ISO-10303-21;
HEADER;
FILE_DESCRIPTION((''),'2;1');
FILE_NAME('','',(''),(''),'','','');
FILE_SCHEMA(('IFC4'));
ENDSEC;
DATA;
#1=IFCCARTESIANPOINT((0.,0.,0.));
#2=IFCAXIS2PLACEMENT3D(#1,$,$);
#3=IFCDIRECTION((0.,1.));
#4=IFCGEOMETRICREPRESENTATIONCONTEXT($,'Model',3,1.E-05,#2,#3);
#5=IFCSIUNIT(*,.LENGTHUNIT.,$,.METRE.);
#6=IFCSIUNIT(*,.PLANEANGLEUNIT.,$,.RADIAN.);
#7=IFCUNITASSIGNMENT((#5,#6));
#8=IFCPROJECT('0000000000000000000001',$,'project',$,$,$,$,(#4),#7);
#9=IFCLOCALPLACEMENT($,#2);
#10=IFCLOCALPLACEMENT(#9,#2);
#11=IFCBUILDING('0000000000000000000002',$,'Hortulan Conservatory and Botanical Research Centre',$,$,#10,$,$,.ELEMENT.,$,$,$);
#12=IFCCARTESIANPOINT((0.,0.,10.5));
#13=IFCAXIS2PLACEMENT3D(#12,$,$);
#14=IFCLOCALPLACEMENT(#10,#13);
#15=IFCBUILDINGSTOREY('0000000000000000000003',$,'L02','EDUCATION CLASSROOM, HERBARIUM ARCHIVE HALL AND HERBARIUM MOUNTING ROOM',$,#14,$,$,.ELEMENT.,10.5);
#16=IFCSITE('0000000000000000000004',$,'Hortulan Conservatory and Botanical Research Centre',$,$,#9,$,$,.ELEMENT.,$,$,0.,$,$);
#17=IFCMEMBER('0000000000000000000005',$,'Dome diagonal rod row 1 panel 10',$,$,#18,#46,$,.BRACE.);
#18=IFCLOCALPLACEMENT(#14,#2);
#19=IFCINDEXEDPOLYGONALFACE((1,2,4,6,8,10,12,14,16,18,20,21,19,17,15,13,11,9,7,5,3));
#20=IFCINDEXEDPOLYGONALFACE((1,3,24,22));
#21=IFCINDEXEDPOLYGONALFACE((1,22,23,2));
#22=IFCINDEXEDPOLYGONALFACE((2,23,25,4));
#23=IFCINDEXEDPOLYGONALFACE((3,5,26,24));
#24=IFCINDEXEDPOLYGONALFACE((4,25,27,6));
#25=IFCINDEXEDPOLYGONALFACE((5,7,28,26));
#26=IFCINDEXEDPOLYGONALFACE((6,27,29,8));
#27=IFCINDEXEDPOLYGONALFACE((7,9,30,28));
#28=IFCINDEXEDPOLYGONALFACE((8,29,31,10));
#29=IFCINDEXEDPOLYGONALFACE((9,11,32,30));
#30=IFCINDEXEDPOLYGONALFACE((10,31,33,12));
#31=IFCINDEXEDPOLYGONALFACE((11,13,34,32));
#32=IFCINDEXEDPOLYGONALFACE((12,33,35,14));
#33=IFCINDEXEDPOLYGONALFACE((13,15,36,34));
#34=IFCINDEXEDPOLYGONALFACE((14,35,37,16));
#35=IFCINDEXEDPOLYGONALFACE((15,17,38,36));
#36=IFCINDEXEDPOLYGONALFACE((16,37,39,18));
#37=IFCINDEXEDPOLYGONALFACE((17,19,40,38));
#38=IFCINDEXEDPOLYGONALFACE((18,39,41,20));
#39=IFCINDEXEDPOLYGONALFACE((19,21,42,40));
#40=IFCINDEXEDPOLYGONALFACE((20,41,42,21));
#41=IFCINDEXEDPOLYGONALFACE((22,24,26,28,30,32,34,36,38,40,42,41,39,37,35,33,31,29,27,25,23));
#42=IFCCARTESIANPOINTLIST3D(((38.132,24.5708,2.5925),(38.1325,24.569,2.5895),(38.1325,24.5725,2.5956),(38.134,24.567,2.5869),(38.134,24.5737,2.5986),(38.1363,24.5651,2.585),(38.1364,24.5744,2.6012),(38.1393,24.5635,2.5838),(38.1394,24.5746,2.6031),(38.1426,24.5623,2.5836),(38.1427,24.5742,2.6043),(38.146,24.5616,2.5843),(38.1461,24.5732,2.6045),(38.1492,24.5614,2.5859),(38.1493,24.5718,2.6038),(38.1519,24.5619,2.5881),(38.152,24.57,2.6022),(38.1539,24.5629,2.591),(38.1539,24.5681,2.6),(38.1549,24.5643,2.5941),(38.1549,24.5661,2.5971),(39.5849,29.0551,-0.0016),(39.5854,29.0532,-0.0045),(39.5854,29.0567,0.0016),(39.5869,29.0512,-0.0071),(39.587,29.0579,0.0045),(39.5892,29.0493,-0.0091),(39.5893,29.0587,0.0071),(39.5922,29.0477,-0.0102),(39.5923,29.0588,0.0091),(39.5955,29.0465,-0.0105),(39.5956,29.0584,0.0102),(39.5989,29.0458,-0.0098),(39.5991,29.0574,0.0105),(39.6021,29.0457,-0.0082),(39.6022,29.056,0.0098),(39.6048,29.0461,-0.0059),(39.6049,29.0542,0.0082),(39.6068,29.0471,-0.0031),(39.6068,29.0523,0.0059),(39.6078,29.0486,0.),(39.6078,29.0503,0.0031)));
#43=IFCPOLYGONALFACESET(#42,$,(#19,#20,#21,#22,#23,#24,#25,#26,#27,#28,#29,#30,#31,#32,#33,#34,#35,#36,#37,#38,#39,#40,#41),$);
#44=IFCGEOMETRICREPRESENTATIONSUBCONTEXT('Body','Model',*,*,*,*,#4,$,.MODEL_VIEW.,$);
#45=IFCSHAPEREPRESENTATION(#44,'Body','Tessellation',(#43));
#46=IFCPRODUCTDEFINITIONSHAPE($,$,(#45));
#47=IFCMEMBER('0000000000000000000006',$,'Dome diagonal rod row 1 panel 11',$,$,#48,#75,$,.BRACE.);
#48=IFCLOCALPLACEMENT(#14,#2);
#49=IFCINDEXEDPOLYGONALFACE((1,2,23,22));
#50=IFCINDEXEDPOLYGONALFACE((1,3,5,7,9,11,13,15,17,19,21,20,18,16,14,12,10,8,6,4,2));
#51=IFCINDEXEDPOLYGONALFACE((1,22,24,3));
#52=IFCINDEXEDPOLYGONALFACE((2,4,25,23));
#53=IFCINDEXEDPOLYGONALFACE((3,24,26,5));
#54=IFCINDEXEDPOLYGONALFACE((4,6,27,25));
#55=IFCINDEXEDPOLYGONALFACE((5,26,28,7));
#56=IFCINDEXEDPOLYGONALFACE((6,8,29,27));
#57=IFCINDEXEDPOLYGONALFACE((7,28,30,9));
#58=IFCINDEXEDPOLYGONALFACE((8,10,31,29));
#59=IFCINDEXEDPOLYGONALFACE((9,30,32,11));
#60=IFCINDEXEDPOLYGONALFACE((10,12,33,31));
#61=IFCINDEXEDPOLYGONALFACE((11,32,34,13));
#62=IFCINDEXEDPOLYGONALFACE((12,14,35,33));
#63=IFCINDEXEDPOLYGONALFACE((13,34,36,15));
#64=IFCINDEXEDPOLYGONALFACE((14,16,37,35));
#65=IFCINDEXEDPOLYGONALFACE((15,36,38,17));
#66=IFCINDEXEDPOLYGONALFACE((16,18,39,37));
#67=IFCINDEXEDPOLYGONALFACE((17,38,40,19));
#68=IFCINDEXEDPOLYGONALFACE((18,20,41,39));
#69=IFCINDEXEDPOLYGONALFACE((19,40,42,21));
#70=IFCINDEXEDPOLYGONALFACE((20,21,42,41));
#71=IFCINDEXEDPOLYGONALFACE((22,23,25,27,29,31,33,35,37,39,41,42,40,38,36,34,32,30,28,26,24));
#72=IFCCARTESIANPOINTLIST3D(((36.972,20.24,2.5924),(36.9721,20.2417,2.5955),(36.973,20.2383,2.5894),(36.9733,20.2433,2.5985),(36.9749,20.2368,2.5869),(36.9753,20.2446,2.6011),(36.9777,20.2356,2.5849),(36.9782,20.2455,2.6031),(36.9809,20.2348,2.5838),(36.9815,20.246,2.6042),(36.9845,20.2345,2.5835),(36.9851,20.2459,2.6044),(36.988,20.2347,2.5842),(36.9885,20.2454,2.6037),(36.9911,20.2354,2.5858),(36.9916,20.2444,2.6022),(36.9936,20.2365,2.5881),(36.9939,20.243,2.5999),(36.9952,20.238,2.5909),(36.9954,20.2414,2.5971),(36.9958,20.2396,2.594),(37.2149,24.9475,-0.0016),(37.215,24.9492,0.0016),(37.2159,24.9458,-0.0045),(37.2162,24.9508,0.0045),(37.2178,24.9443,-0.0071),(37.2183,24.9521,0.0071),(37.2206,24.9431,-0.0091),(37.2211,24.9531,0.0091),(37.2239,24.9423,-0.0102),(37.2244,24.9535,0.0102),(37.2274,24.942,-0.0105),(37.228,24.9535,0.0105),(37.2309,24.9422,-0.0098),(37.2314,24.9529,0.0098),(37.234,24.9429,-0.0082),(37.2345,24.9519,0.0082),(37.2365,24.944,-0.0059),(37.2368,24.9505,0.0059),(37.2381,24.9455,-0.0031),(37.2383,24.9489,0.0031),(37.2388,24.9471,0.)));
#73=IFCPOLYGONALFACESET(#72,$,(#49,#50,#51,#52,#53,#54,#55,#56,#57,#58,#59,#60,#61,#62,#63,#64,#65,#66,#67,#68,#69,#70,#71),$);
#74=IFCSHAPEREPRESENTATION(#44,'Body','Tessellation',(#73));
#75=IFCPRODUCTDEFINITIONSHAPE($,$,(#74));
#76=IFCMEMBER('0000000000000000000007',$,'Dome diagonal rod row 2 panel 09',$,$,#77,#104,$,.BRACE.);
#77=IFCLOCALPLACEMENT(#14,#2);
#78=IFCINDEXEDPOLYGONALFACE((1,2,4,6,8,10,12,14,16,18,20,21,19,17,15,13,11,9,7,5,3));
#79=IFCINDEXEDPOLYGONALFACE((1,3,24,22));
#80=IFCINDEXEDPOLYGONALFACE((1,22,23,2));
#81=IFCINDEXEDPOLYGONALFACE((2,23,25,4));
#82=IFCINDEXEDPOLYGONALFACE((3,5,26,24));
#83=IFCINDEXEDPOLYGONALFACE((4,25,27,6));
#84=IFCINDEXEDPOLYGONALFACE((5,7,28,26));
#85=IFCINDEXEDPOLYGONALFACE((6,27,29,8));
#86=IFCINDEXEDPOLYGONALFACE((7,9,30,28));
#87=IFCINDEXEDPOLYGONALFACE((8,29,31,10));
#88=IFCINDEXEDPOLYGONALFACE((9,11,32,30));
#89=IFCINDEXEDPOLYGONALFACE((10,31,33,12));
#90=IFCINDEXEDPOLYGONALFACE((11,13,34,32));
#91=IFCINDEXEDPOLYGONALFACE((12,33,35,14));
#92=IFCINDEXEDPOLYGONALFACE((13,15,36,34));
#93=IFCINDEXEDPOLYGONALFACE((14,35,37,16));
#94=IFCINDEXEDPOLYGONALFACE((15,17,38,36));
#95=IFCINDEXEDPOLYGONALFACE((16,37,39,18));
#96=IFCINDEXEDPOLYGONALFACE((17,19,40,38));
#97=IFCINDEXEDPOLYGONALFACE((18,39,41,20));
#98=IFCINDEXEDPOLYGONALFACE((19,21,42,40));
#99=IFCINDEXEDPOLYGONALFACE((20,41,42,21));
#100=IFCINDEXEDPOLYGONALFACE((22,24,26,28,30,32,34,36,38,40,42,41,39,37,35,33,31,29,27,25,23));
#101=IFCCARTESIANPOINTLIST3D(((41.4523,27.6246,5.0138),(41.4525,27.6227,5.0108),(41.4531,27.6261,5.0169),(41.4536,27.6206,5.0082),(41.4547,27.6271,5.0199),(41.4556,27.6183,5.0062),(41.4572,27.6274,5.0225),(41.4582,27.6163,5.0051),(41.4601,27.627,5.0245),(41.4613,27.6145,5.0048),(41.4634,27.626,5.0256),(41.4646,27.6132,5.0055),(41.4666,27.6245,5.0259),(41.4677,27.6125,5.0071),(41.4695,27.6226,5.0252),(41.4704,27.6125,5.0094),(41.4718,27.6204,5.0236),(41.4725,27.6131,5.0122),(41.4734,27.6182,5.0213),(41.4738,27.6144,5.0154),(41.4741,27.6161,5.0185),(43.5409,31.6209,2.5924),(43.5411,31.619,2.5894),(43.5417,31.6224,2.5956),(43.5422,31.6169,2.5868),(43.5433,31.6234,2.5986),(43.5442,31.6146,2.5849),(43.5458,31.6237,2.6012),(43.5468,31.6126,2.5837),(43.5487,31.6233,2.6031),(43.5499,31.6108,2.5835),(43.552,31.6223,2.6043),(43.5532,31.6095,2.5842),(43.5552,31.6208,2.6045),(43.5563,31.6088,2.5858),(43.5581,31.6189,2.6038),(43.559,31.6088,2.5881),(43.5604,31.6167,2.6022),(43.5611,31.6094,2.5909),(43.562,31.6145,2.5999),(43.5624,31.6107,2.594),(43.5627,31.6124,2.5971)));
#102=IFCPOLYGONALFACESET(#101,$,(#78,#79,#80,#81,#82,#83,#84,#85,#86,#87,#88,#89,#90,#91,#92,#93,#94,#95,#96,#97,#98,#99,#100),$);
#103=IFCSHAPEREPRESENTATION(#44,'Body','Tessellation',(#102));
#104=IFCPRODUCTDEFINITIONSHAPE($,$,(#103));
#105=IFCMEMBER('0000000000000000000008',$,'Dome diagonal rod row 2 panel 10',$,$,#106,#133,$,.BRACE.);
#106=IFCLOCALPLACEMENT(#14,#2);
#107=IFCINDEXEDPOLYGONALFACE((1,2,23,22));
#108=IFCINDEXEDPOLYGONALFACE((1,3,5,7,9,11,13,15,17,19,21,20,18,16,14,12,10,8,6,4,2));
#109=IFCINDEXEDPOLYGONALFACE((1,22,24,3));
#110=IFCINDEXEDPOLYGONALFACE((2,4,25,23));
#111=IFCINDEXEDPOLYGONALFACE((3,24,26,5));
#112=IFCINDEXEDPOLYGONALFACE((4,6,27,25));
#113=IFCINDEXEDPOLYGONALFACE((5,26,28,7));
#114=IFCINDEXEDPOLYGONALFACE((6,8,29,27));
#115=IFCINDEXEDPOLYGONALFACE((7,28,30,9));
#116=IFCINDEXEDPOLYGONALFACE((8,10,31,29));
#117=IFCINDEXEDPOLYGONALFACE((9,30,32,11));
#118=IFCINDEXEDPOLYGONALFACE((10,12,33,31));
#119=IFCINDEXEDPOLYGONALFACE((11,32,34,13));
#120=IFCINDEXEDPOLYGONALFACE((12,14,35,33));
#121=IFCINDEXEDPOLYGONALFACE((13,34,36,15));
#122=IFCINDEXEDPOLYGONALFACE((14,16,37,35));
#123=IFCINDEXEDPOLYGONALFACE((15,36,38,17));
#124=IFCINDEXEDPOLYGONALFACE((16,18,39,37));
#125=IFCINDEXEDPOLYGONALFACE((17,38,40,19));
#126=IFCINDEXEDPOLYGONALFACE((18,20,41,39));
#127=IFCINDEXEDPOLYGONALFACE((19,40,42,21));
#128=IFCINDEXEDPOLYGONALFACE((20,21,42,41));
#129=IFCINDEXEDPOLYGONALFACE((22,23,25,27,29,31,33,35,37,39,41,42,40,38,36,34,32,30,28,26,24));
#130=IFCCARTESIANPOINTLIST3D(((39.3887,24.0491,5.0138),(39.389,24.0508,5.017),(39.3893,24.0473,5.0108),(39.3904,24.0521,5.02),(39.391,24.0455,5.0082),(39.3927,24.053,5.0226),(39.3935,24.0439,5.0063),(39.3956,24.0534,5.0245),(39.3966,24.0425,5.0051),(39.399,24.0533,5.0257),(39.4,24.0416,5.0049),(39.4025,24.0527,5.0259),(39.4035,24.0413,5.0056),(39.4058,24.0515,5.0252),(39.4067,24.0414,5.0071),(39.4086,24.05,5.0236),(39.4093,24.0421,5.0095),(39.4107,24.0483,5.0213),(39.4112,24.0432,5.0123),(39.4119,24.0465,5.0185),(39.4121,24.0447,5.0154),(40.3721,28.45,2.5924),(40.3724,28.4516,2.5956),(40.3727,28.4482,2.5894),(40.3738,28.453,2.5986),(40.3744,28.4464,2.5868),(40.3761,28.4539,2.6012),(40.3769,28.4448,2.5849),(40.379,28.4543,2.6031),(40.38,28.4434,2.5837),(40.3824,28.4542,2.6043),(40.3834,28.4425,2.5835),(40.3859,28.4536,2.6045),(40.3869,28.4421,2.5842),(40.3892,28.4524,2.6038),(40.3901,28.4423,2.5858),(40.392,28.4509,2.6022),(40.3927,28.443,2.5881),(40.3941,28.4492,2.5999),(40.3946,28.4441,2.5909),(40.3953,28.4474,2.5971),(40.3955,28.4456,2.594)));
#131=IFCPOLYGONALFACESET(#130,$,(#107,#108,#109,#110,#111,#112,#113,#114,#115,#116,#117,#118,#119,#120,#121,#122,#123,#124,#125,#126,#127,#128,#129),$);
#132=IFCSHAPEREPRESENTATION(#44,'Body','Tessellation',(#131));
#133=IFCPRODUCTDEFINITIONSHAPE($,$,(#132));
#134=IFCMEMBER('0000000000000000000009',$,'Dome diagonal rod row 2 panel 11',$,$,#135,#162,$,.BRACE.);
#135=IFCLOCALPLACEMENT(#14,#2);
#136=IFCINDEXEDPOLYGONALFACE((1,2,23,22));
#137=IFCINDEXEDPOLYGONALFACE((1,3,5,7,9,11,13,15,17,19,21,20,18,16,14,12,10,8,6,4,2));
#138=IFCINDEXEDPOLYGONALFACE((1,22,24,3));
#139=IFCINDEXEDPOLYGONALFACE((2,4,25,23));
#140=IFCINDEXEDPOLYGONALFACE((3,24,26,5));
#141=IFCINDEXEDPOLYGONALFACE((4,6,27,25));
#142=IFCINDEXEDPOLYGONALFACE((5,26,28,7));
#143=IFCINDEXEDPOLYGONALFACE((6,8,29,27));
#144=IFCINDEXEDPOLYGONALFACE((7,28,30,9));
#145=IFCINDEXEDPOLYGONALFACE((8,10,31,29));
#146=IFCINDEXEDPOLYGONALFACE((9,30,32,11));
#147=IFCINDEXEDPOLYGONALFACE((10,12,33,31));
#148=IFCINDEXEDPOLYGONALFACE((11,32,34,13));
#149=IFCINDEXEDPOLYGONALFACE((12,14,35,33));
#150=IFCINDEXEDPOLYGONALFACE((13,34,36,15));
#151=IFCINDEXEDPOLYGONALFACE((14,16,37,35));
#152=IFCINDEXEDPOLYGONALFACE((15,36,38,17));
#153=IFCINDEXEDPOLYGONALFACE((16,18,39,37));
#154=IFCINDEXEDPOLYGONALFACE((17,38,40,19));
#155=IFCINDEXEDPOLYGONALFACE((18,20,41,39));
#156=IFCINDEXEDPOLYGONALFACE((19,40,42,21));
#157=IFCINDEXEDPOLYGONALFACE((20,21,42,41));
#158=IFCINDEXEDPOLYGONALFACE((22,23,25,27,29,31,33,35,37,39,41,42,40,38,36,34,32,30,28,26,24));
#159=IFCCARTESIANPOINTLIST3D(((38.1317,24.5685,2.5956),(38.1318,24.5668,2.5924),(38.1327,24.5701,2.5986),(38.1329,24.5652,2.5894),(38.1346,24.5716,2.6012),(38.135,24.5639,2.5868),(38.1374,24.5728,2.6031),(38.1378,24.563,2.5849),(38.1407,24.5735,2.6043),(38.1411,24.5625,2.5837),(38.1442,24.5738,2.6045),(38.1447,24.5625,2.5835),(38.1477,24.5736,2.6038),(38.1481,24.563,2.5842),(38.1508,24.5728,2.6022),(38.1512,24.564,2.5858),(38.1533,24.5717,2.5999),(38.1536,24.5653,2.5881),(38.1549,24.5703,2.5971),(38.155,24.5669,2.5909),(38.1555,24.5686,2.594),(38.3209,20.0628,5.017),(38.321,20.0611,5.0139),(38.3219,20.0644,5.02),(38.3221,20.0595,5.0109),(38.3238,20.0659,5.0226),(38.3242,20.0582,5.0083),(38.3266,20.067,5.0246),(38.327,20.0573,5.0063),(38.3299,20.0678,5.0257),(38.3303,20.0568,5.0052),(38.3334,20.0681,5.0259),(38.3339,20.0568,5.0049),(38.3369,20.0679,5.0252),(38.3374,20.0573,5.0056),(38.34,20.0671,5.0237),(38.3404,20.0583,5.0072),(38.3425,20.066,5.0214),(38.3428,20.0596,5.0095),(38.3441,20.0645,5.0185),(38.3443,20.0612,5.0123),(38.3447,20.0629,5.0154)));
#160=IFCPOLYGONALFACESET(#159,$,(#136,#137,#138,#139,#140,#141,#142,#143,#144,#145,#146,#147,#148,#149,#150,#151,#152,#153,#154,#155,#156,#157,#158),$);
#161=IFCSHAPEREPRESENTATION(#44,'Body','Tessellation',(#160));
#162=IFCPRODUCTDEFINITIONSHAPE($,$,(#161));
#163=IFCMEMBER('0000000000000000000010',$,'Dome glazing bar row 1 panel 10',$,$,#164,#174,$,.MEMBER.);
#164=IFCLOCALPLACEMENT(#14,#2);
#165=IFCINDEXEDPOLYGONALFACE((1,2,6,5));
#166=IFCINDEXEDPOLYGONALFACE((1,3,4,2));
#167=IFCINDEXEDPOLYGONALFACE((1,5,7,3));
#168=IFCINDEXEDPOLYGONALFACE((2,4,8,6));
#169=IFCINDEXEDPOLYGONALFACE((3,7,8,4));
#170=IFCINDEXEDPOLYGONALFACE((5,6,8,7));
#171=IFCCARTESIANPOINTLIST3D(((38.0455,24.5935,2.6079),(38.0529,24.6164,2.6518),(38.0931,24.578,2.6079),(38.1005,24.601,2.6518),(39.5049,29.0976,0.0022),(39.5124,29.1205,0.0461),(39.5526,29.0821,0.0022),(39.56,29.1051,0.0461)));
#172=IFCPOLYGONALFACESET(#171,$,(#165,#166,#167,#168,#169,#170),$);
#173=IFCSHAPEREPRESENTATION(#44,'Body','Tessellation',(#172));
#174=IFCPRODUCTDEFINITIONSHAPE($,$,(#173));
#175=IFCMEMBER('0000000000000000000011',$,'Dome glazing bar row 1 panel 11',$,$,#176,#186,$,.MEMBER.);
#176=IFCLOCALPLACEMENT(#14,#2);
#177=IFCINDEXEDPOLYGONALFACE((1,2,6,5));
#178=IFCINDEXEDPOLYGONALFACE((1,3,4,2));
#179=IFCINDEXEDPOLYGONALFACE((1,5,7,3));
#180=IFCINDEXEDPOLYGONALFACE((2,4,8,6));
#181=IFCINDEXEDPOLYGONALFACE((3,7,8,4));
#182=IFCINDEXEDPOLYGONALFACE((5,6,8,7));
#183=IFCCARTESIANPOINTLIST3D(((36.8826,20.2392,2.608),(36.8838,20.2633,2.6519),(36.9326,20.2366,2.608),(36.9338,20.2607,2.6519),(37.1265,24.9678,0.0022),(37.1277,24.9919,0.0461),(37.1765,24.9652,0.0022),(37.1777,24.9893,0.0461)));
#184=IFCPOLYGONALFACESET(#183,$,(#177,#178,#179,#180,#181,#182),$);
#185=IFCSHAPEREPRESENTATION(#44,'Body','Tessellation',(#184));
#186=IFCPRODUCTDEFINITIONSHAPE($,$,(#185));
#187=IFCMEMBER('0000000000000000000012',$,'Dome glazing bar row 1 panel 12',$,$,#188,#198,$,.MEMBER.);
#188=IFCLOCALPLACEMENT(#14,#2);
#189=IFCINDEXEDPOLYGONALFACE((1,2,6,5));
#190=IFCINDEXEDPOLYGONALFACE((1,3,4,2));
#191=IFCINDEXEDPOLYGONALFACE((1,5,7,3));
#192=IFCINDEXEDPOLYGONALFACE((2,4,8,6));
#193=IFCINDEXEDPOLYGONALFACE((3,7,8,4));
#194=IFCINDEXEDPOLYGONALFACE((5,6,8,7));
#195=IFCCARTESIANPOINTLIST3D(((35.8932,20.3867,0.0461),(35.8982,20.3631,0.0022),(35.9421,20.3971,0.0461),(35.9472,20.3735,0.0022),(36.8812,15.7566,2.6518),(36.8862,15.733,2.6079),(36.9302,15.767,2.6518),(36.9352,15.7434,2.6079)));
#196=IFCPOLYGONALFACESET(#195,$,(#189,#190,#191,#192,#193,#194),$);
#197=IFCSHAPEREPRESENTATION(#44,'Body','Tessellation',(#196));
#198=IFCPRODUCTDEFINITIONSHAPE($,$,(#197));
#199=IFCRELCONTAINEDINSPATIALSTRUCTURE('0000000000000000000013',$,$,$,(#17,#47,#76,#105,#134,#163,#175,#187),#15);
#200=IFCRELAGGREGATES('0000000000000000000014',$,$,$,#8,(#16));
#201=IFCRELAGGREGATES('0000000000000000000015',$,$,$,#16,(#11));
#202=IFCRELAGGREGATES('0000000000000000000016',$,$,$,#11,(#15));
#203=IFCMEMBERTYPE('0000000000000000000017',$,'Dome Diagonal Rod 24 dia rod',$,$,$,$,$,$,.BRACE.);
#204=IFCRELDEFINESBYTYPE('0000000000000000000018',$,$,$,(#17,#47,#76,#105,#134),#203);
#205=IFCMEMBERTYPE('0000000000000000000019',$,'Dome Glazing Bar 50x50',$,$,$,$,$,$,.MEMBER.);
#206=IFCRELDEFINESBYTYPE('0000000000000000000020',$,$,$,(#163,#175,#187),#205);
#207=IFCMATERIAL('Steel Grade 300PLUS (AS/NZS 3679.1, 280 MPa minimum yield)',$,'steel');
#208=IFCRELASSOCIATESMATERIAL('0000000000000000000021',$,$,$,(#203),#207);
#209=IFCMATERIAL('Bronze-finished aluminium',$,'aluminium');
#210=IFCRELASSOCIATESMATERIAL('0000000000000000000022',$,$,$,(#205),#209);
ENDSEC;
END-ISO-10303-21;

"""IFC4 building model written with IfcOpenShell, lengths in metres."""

from ifc_helpers import new_model, si_unit, direction, frame, origin, origin_2d, place, context, subcontext, project, spatial, rectangle, circle, extrude, material, material_profile, profile_set, type_object, element, save


model = new_model("IFC4")

# Units and contexts
model_context = context("Model", 3, precision=1e-05, world=origin(), true_north=direction((0.0, 1.0)))
body_context = subcontext(model_context, "Body", "Model", "MODEL_VIEW")
ifc_project = project(units=[si_unit("LENGTHUNIT", "METRE"), si_unit("PLANEANGLEUNIT", "RADIAN")], contexts=[model_context])

# Site, building, storey
site_placement = place(None, origin())
site = spatial("IfcSite", under=ifc_project, at=site_placement, Name="Hortulan Conservatory and Botanical Research Centre", CompositionType="ELEMENT", RefElevation=0.0)
building_placement = place(site_placement, origin())
building = spatial("IfcBuilding", under=site, at=building_placement, Name="Hortulan Conservatory and Botanical Research Centre", CompositionType="ELEMENT")
storey_placement = place(building_placement, frame((0.0, 0.0, 10.5)))
storey = spatial("IfcBuildingStorey", under=building, at=storey_placement, Name="L02", Description="EDUCATION CLASSROOM, HERBARIUM ARCHIVE HALL AND HERBARIUM MOUNTING ROOM", CompositionType="ELEMENT", Elevation=10.5)

# Members
ifc_material_1 = material(Name="Steel Grade 300PLUS (AS/NZS 3679.1, 280 MPa minimum yield)", Category="steel")
ifc_material_profile_1 = material_profile(ifc_material_1, circle(Radius=0.012, at=origin_2d()), Name="24 dia rod")
ifc_profile_set_1 = profile_set([ifc_material_profile_1], Name="Steel Grade 300PLUS (AS/NZS 3679.1, 280 MPa minimum yield)")
member_type_1 = type_object("IfcMemberType", Name="Dome Diagonal Rod 24 dia rod", PredefinedType="BRACE", material=ifc_profile_set_1)
for number, where, z_axis, x_axis, name in (
    (1, (39.5964, 29.0522, 0.0), (-0.27004, -0.833443, 0.482133), (0.951312, -0.30823, 0.0), "Dome diagonal rod row 1 panel 10"),
    (2, (37.2268, 24.9478, 0.0), (-0.045149, -0.874941, 0.48212), (0.998671, -0.051534, 0.0), "Dome diagonal rod row 1 panel 11"),
):
    element("IfcMember", number, at=place(storey_placement, frame(where, z_axis=z_axis, x_axis=x_axis)), inside=storey, type_object=member_type_1, Name=name, PredefinedType="BRACE", context=body_context, shape_type="SweptSolid", body=[
        extrude(circle(Radius=0.012, at=origin_2d()), origin(), (0.0, 0.0, 1.0), 5.3804),
    ])
member_1_placement = place(storey_placement, frame((43.5518, 31.6162, 2.594), z_axis=(-0.408076, -0.780806, 0.473092), x_axis=(0.886259, -0.463189, 0.0)))
element("IfcMember", 3, at=member_1_placement, inside=storey, type_object=member_type_1, Name="Dome diagonal rod row 2 panel 09", PredefinedType="BRACE", context=body_context, shape_type="SweptSolid", body=[
    extrude(circle(Radius=0.012, at=origin_2d()), origin(), (0.0, 0.0, 1.0), 5.1182),
])
member_2_placement = place(storey_placement, frame((40.3838, 28.4482, 2.594), z_axis=(-0.19213, -0.859817, 0.473076), x_axis=(0.975932, -0.218077, 0.0)))
element("IfcMember", 4, at=member_2_placement, inside=storey, type_object=member_type_1, Name="Dome diagonal rod row 2 panel 10", PredefinedType="BRACE", context=body_context, shape_type="SweptSolid", body=[
    extrude(circle(Radius=0.012, at=origin_2d()), origin(), (0.0, 0.0, 1.0), 5.1184),
])
member_3_placement = place(storey_placement, frame((38.1436, 24.5681, 2.594), z_axis=(0.036965, -0.880253, 0.473062), x_axis=(0.999119, 0.041957, 0.0)))
element("IfcMember", 5, at=member_3_placement, inside=storey, type_object=member_type_1, Name="Dome diagonal rod row 2 panel 11", PredefinedType="BRACE", context=body_context, shape_type="SweptSolid", body=[
    extrude(circle(Radius=0.012, at=origin_2d()), origin(), (0.0, 0.0, 1.0), 5.1187),
])
ifc_material_2 = material(Name="Bronze-finished aluminium", Category="aluminium")
ifc_material_profile_2 = material_profile(ifc_material_2, rectangle(XDim=0.05, YDim=0.05, at=origin_2d()), Name="Square bar 50x50")
ifc_profile_set_2 = profile_set([ifc_material_profile_2], Name="Bronze-finished aluminium")
member_type_2 = type_object("IfcMemberType", Name="Dome Glazing Bar 50x50", PredefinedType="MEMBER", material=ifc_profile_set_2)
member_4_placement = place(storey_placement, frame((39.5325, 29.1013, 0.0242), z_axis=(-0.270054, -0.833428, 0.48215), x_axis=(0.951305, -0.30825, 0.0)))
element("IfcMember", 6, at=member_4_placement, inside=storey, type_object=member_type_2, Name="Dome glazing bar row 1 panel 10", PredefinedType="MEMBER", context=body_context, shape_type="SweptSolid", body=[
    extrude(rectangle(XDim=0.05, YDim=0.05, at=origin_2d()), origin(), (0.0, 0.0, 1.0), 5.4043),
])
member_5_placement = place(storey_placement, frame((37.1521, 24.9785, 0.0242), z_axis=(-0.045129, -0.87493, 0.482142), x_axis=(0.998672, -0.051511, 0.0)))
element("IfcMember", 7, at=member_5_placement, inside=storey, type_object=member_type_2, Name="Dome glazing bar row 1 panel 11", PredefinedType="MEMBER", context=body_context, shape_type="SweptSolid", body=[
    extrude(rectangle(XDim=0.05, YDim=0.05, at=origin_2d()), origin(), (0.0, 0.0, 1.0), 5.4045),
])
member_6_placement = place(storey_placement, frame((35.9202, 20.3801, 0.0242), z_axis=(0.182832, -0.856784, 0.482176), x_axis=(0.977981, 0.208694, 0.0)))
element("IfcMember", 8, at=member_6_placement, inside=storey, type_object=member_type_2, Name="Dome glazing bar row 1 panel 12", PredefinedType="MEMBER", context=body_context, shape_type="SweptSolid", body=[
    extrude(rectangle(XDim=0.05, YDim=0.05, at=origin_2d()), origin(), (0.0, 0.0, 1.0), 5.4041),
])

save(model, "model.ifc")
